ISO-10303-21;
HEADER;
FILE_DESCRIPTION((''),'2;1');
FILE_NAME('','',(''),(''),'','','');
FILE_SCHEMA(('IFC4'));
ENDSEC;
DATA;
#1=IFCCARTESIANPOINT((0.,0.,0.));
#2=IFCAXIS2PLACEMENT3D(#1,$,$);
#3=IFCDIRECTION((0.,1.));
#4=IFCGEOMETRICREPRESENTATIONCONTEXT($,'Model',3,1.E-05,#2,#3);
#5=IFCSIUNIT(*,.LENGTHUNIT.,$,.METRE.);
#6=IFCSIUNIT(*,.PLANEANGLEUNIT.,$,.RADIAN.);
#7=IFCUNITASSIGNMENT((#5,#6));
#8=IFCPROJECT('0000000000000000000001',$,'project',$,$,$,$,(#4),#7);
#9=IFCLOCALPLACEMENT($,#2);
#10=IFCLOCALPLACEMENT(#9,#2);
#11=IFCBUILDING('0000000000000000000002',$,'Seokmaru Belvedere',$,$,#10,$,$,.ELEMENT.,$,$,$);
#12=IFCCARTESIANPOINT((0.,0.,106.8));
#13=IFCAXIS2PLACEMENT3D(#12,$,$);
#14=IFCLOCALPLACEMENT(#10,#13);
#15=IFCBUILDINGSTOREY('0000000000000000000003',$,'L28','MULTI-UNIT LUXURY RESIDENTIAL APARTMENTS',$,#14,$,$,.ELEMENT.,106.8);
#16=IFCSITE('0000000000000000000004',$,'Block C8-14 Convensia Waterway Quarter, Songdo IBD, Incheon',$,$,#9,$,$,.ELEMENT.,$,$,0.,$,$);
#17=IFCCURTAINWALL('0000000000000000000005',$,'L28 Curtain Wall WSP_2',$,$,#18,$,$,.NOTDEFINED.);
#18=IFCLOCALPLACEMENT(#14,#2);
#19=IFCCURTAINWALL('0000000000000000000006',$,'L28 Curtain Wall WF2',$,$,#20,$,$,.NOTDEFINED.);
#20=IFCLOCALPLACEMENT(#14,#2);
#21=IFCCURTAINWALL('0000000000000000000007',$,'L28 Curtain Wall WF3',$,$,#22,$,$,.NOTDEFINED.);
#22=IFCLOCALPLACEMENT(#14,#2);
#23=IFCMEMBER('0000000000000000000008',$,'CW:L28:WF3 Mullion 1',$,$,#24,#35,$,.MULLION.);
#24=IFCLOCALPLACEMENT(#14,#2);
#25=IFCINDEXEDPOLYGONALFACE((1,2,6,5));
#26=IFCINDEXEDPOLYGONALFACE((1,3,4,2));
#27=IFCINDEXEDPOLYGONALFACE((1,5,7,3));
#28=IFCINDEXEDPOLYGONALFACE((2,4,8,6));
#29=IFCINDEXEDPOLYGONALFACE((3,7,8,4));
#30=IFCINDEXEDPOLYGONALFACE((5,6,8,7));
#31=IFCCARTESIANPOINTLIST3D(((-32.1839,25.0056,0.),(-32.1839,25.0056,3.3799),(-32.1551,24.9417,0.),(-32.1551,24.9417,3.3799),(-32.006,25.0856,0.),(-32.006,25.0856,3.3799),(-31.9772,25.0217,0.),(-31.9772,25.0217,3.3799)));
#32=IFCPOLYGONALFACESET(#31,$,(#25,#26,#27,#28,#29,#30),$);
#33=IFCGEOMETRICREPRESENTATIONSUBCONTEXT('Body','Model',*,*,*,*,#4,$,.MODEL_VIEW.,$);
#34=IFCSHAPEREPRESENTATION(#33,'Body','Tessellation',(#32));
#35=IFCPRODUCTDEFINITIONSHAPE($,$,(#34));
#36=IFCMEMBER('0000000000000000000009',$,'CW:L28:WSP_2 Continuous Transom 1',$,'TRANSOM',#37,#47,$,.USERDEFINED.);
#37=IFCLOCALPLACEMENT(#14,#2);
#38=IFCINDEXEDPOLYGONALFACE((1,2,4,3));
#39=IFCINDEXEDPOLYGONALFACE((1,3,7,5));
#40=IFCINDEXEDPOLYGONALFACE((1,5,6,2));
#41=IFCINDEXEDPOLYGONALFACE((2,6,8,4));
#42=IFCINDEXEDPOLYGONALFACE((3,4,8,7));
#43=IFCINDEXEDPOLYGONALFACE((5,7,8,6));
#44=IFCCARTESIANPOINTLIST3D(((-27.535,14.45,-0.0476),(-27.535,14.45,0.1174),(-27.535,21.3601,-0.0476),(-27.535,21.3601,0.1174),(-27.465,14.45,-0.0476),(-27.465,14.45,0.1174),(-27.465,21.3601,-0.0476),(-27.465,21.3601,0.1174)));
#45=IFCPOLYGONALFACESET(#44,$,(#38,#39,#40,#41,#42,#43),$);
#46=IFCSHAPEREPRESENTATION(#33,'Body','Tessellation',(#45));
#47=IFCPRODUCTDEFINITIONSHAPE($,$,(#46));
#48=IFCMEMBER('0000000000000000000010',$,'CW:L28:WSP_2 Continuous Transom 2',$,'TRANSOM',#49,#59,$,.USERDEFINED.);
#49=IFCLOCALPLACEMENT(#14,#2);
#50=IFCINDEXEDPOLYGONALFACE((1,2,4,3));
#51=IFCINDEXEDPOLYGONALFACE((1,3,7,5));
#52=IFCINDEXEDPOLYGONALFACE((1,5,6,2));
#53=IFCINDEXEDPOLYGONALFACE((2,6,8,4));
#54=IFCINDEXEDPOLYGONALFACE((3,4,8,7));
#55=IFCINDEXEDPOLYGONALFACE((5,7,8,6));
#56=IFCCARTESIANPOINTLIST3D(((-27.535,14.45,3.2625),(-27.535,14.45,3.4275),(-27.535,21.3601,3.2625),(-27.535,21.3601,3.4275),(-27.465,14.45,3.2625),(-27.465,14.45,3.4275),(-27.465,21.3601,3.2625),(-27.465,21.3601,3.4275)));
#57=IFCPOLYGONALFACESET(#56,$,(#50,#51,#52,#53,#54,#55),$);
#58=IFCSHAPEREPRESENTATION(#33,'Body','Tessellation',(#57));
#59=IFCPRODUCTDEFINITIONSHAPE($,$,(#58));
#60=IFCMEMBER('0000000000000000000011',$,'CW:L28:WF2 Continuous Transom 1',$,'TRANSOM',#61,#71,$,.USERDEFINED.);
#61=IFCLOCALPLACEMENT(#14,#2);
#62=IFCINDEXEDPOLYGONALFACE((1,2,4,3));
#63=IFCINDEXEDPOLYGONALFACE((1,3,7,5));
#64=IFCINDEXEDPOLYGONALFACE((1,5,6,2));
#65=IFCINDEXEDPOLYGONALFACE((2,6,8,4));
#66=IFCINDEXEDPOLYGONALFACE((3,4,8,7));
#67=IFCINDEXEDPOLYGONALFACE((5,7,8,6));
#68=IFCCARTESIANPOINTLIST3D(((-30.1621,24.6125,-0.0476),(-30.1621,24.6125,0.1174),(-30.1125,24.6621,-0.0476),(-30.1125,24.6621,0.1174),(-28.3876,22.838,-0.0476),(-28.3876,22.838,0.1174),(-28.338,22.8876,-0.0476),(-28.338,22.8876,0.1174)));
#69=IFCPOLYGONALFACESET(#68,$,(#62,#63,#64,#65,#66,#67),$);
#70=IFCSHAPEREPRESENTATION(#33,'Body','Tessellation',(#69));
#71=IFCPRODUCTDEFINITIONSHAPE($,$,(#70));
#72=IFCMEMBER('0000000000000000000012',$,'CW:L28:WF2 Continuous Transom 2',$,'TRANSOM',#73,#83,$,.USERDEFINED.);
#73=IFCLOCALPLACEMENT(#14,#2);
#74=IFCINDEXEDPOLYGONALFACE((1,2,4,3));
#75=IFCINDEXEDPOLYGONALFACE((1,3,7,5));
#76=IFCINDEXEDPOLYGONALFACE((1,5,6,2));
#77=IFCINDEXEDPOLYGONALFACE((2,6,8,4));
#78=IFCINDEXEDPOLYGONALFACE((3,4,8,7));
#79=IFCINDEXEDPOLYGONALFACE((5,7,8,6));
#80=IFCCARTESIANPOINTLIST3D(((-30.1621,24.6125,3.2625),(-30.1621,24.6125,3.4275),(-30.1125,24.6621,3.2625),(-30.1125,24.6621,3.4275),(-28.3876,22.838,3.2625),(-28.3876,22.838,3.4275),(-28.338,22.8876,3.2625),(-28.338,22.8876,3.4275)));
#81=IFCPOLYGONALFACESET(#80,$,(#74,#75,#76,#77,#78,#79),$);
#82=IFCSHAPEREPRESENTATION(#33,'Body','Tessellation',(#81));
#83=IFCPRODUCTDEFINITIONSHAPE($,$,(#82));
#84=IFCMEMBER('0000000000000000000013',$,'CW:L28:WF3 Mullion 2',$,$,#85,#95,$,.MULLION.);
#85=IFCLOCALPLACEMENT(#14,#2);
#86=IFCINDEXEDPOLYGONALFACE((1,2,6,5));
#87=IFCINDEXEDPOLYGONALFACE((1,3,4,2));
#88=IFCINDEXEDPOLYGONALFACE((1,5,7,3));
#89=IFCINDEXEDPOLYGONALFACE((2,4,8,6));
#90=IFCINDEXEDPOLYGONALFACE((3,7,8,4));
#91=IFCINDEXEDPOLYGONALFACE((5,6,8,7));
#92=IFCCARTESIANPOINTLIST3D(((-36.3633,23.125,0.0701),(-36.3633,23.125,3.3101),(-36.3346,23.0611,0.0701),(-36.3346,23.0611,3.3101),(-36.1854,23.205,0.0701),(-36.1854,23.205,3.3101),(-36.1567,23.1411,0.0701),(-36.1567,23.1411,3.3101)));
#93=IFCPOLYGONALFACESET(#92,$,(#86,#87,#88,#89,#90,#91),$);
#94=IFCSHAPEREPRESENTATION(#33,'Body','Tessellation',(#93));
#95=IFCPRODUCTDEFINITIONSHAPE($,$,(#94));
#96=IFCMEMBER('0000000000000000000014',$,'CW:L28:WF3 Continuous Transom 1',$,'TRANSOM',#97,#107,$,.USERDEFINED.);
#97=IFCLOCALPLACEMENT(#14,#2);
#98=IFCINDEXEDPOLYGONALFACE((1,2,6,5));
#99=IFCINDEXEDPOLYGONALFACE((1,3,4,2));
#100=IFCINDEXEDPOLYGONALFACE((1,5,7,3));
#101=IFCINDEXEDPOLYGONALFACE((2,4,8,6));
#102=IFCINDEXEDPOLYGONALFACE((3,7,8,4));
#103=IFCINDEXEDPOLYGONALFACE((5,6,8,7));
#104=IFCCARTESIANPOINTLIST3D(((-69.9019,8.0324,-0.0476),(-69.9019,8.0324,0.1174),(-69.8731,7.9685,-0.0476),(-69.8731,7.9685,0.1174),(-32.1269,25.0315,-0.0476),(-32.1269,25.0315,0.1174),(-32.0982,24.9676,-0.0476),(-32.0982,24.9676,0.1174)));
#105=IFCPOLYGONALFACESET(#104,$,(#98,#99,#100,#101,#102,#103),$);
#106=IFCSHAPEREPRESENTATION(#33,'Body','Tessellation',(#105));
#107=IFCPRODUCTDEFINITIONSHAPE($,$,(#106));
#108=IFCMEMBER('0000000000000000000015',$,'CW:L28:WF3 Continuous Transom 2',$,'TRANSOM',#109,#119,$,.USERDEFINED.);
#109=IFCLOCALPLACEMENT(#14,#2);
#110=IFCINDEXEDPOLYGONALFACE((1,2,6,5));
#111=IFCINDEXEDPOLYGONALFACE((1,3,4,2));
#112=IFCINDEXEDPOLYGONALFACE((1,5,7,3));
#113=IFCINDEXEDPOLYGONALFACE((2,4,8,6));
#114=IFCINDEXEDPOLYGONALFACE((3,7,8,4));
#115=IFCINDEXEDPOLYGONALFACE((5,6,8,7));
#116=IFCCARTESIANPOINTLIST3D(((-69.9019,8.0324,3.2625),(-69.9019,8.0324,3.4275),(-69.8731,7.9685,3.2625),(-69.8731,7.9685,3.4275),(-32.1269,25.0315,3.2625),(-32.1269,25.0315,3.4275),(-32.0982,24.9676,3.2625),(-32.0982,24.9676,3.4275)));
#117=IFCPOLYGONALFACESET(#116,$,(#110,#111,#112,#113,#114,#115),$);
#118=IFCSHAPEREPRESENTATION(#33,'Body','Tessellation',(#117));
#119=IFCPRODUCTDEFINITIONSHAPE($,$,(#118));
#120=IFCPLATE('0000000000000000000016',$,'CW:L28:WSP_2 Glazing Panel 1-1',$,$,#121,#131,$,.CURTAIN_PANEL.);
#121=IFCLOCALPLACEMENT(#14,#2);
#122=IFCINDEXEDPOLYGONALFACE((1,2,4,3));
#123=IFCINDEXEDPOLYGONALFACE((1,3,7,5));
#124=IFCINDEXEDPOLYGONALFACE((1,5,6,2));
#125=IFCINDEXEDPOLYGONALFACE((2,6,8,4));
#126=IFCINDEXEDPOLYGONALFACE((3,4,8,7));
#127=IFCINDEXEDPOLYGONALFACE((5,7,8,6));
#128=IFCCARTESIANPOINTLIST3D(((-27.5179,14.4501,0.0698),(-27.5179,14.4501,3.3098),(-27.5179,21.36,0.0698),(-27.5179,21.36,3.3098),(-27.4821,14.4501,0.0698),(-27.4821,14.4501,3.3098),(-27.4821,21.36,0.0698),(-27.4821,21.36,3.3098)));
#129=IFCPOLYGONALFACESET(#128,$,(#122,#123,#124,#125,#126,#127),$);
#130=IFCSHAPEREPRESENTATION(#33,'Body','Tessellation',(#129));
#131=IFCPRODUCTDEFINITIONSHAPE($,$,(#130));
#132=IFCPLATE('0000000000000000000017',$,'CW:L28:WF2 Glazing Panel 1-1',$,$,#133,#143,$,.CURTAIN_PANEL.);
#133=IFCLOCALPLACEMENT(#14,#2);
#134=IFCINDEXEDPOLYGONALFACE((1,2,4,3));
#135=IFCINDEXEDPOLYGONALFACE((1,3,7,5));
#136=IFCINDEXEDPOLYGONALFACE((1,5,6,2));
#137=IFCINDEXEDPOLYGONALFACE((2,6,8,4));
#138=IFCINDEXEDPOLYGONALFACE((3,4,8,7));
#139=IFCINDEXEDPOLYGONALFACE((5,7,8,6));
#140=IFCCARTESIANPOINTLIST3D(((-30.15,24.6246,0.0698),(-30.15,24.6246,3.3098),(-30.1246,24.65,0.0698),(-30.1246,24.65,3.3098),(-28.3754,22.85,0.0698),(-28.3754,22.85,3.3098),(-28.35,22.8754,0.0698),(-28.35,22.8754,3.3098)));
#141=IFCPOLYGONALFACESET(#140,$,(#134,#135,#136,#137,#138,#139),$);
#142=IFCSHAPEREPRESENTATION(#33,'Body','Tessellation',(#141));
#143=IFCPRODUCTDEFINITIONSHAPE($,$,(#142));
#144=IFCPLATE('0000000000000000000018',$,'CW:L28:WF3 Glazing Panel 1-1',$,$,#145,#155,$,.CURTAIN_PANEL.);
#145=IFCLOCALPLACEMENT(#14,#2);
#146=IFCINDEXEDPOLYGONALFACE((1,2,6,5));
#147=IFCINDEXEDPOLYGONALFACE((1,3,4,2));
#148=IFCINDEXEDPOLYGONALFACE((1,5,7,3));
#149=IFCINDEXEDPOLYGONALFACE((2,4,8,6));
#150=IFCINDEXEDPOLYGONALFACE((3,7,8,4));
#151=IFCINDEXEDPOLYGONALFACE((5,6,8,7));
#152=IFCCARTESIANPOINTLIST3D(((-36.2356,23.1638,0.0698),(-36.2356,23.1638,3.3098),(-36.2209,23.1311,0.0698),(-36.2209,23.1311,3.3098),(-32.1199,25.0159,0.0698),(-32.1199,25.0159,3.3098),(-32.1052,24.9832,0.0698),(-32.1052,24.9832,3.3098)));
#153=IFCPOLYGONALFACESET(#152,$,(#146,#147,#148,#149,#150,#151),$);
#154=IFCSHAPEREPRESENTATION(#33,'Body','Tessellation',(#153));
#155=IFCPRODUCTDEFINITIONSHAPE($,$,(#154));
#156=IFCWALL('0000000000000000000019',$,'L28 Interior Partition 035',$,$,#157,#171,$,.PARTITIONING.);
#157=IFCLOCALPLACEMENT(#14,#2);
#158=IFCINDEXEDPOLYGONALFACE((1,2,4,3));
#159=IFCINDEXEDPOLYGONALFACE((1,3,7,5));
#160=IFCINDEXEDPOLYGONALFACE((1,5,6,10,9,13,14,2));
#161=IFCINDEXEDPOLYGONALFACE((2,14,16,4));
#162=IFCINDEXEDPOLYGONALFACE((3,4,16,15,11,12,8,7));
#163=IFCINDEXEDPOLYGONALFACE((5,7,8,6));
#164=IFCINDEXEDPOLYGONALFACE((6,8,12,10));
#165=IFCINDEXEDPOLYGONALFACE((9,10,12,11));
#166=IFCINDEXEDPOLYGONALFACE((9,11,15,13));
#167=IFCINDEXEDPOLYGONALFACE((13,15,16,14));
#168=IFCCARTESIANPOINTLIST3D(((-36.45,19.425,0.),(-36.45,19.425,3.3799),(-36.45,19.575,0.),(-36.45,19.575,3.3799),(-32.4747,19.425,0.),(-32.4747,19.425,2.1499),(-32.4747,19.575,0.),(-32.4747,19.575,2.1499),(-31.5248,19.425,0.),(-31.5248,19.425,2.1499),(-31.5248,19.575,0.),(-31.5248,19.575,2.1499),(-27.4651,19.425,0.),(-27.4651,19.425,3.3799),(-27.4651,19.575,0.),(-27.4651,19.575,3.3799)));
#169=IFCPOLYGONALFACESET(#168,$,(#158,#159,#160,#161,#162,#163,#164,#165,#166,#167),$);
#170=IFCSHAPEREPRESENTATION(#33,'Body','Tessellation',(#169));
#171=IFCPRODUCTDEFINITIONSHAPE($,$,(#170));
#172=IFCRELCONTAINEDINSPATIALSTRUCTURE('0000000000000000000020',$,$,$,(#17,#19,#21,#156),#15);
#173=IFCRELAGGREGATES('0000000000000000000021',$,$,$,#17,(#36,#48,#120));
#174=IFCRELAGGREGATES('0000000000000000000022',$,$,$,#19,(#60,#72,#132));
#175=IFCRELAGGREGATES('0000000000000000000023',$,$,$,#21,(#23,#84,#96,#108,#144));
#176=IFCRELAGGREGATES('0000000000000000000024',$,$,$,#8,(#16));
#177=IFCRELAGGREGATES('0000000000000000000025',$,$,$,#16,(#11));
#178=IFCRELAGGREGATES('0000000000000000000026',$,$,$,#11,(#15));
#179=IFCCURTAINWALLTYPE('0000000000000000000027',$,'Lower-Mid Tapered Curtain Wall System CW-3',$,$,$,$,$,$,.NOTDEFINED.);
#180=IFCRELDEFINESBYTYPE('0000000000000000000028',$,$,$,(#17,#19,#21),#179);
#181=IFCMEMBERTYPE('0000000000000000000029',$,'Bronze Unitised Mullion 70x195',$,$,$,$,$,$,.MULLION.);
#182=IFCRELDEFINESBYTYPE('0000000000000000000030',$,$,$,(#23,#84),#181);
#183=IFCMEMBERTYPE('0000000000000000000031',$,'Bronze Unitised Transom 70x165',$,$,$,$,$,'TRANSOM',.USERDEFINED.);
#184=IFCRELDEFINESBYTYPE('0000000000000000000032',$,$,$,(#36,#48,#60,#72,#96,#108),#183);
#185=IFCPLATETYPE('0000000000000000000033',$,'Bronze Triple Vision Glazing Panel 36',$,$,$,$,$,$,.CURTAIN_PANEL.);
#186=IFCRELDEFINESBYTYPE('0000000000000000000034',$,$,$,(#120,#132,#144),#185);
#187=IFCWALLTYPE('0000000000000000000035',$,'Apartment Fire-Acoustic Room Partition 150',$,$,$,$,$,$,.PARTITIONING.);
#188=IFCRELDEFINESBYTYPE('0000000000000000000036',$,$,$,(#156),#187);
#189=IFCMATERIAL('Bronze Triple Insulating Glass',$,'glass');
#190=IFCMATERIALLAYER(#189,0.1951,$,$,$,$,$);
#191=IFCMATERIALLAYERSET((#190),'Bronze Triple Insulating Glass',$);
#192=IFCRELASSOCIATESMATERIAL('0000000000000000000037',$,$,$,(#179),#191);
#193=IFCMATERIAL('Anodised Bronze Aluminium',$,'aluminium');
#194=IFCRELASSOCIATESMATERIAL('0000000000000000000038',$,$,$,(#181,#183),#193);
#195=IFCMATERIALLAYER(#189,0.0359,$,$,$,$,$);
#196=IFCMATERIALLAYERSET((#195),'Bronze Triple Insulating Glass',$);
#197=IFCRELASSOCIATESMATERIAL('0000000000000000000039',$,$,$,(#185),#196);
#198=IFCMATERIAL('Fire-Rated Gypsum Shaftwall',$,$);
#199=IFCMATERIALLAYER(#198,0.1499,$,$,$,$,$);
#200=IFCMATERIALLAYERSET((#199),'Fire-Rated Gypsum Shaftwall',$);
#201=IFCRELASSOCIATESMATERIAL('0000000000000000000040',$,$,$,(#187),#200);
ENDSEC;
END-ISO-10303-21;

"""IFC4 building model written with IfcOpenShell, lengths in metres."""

from ifc_helpers import new_model, si_unit, direction, frame, frame_2d, origin, origin_2d, place, context, subcontext, project, spatial, rectangle, extrude, source, transform, mapped, material, layer, layer_set, material_profile, profile_set, type_object, type_shapes, element, aggregate, save


model = new_model("IFC4")

# Units and contexts
model_context = context("Model", 3, precision=1e-05, world=origin(), true_north=direction((0.0, 1.0)))
body_context = subcontext(model_context, "Body", "Model", "MODEL_VIEW")
ifc_project = project(units=[si_unit("LENGTHUNIT", "METRE"), si_unit("PLANEANGLEUNIT", "RADIAN")], contexts=[model_context])

# Site, building, storey
site_placement = place(None, origin())
site = spatial("IfcSite", under=ifc_project, at=site_placement, Name="Block C8-14 Convensia Waterway Quarter, Songdo IBD, Incheon", CompositionType="ELEMENT", RefElevation=0.0)
building_placement = place(site_placement, origin())
building = spatial("IfcBuilding", under=site, at=building_placement, Name="Seokmaru Belvedere", CompositionType="ELEMENT")
storey_placement = place(building_placement, frame((0.0, 0.0, 106.8)))
storey = spatial("IfcBuildingStorey", under=building, at=storey_placement, Name="L28", Description="MULTI-UNIT LUXURY RESIDENTIAL APARTMENTS", CompositionType="ELEMENT", Elevation=106.8)

# Curtain walls
ifc_material_1 = material(Name="Bronze Triple Insulating Glass", Category="glass")
ifc_layer_1 = layer(ifc_material_1, 0.1951)
ifc_layer_set_1 = layer_set([ifc_layer_1], Name="Bronze Triple Insulating Glass")
curtain_wall_type = type_object("IfcCurtainWallType", Name="Lower-Mid Tapered Curtain Wall System CW-3", PredefinedType="NOTDEFINED", material=ifc_layer_set_1)
curtain_wall_1_placement = place(storey_placement, origin())
curtain_wall_1 = element("IfcCurtainWall", 1, at=curtain_wall_1_placement, inside=storey, type_object=curtain_wall_type, Name="L28 Curtain Wall WSP_2", PredefinedType="NOTDEFINED")
ifc_material_2 = material(Name="Anodised Bronze Aluminium", Category="aluminium")
ifc_material_profile_1 = material_profile(ifc_material_2, rectangle(XDim=0.0701, YDim=0.1951, at=origin_2d()), Name="CW-M-70x195")
ifc_profile_set_1 = profile_set([ifc_material_profile_1], Name="Anodised Bronze Aluminium")
member_type_1 = type_object("IfcMemberType", Name="Bronze Unitised Mullion 70x195", PredefinedType="MULLION", material=ifc_profile_set_1)
shared_shape_1 = source(origin(), body_context, "Body", "SweptSolid", [
    extrude(rectangle(XDim=0.0701, YDim=0.1951, at=origin_2d()), origin(), (0.0, 0.0, 1.0), 3.3799),
])
curtain_wall_2_placement = place(storey_placement, origin())
curtain_wall_2 = element("IfcCurtainWall", 2, at=curtain_wall_2_placement, inside=storey, type_object=curtain_wall_type, Name="L28 Curtain Wall WF2", PredefinedType="NOTDEFINED")

# Curtain wall, member
curtain_wall_3_placement = place(storey_placement, origin())
curtain_wall_3 = element("IfcCurtainWall", 3, at=curtain_wall_3_placement, inside=storey, type_object=curtain_wall_type, Name="L28 Curtain Wall WF3", PredefinedType="NOTDEFINED")
member_1_placement = place(storey_placement, frame((-32.0806, 25.0137, 0.0), z_axis=(0.0, 0.0, 1.0), x_axis=(0.410366, -0.911921, 0.0)))
member_1 = element("IfcMember", 4, at=member_1_placement, type_object=member_type_1, Name="CW:L28:WF3 Mullion 1", PredefinedType="MULLION", context=body_context, shape_type="MappedRepresentation", body=[
    mapped(shared_shape_1, transform((0.0, 0.0, 0.0), scale=1.0)),
])

# Members
ifc_material_profile_2 = material_profile(ifc_material_2, rectangle(XDim=0.0701, YDim=0.165, at=origin_2d()), Name="CW-T-70x165")
ifc_profile_set_2 = profile_set([ifc_material_profile_2], Name="Anodised Bronze Aluminium")
member_type_2 = type_object("IfcMemberType", Name="Bronze Unitised Transom 70x165", ElementType="TRANSOM", PredefinedType="USERDEFINED", material=ifc_profile_set_2)
shared_shape_2 = source(origin(), body_context, "Body", "SweptSolid", [
    extrude(rectangle(XDim=0.0701, YDim=0.165, at=origin_2d()), origin(), (0.0, 0.0, 1.0), 6.9102),
])
member_2_placement = place(storey_placement, frame((-27.5, 14.45, 0.0349), z_axis=(0.0, 1.0, 0.0), x_axis=(-1.0, 0.0, 0.0)))
member_2 = element("IfcMember", 5, at=member_2_placement, type_object=member_type_2, Name="CW:L28:WSP_2 Continuous Transom 1", ObjectType="TRANSOM", PredefinedType="USERDEFINED", context=body_context, shape_type="MappedRepresentation", body=[
    mapped(shared_shape_2, transform((0.0, 0.0, 0.0), scale=1.0)),
])
member_3_placement = place(storey_placement, frame((-27.5, 14.45, 3.345), z_axis=(0.0, 1.0, 0.0), x_axis=(-1.0, 0.0, 0.0)))
member_3 = element("IfcMember", 6, at=member_3_placement, type_object=member_type_2, Name="CW:L28:WSP_2 Continuous Transom 2", ObjectType="TRANSOM", PredefinedType="USERDEFINED", context=body_context, shape_type="MappedRepresentation", body=[
    mapped(shared_shape_2, transform((0.0, 0.0, 0.0), scale=1.0)),
])
shared_shape_3 = source(origin(), body_context, "Body", "SweptSolid", [
    extrude(rectangle(XDim=0.0701, YDim=0.165, at=origin_2d()), origin(), (0.0, 0.0, 1.0), 2.5095),
])
member_4_placement = place(storey_placement, frame((-28.3628, 22.8628, 0.0349), z_axis=(-0.707107, 0.707107, 0.0), x_axis=(-0.707107, -0.707107, 0.0)))
member_4 = element("IfcMember", 7, at=member_4_placement, type_object=member_type_2, Name="CW:L28:WF2 Continuous Transom 1", ObjectType="TRANSOM", PredefinedType="USERDEFINED", context=body_context, shape_type="MappedRepresentation", body=[
    mapped(shared_shape_3, transform((0.0, 0.0, 0.0), scale=1.0)),
])
member_5_placement = place(storey_placement, frame((-28.3628, 22.8628, 3.345), z_axis=(-0.707107, 0.707107, 0.0), x_axis=(-0.707107, -0.707107, 0.0)))
member_5 = element("IfcMember", 8, at=member_5_placement, type_object=member_type_2, Name="CW:L28:WF2 Continuous Transom 2", ObjectType="TRANSOM", PredefinedType="USERDEFINED", context=body_context, shape_type="MappedRepresentation", body=[
    mapped(shared_shape_3, transform((0.0, 0.0, 0.0), scale=1.0)),
])
shared_shape_4 = source(origin(), body_context, "Body", "SweptSolid", [
    extrude(rectangle(XDim=0.0701, YDim=0.1951, at=origin_2d()), origin(), (0.0, 0.0, 1.0), 3.24),
])
type_shapes(member_type_1, [shared_shape_1, shared_shape_4])
member_6_placement = place(storey_placement, frame((-36.26, 23.1331, 0.0701), z_axis=(0.0, 0.0, 1.0), x_axis=(0.410366, -0.911921, 0.0)))
member_6 = element("IfcMember", 9, at=member_6_placement, type_object=member_type_1, Name="CW:L28:WF3 Mullion 2", PredefinedType="MULLION", context=body_context, shape_type="MappedRepresentation", body=[
    mapped(shared_shape_4, transform((0.0, 0.0, 0.0), scale=1.0)),
])
shared_shape_5 = source(origin(), body_context, "Body", "SweptSolid", [
    extrude(rectangle(XDim=0.0701, YDim=0.165, at=origin_2d()), origin(), (0.0, 0.0, 1.0), 41.4236),
])
type_shapes(member_type_2, [shared_shape_2, shared_shape_3, shared_shape_5])
member_7_placement = place(storey_placement, frame((-32.1125, 24.9995, 0.0349), z_axis=(-0.911919, -0.410371, 0.0), x_axis=(0.410371, -0.911919, 0.0)))
member_7 = element("IfcMember", 10, at=member_7_placement, type_object=member_type_2, Name="CW:L28:WF3 Continuous Transom 1", ObjectType="TRANSOM", PredefinedType="USERDEFINED", context=body_context, shape_type="MappedRepresentation", body=[
    mapped(shared_shape_5, transform((0.0, 0.0, 0.0), scale=1.0)),
])
member_8_placement = place(storey_placement, frame((-32.1125, 24.9995, 3.345), z_axis=(-0.911919, -0.410371, 0.0), x_axis=(0.410371, -0.911919, 0.0)))
member_8 = element("IfcMember", 11, at=member_8_placement, type_object=member_type_2, Name="CW:L28:WF3 Continuous Transom 2", ObjectType="TRANSOM", PredefinedType="USERDEFINED", context=body_context, shape_type="MappedRepresentation", body=[
    mapped(shared_shape_5, transform((0.0, 0.0, 0.0), scale=1.0)),
])

# Plates
ifc_layer_2 = layer(ifc_material_1, 0.0359)
ifc_layer_set_2 = layer_set([ifc_layer_2], Name="Bronze Triple Insulating Glass")
plate_type = type_object("IfcPlateType", Name="Bronze Triple Vision Glazing Panel 36", PredefinedType="CURTAIN_PANEL", material=ifc_layer_set_2)
shared_shape_6 = source(origin(), body_context, "Body", "SweptSolid", [
    extrude(rectangle(XDim=6.9099, YDim=0.0359, at=origin_2d()), origin(), (0.0, 0.0, 1.0), 3.24),
])
plate_1_placement = place(storey_placement, frame((-27.5, 17.905, 0.0698), z_axis=(0.0, 0.0, 1.0), x_axis=(0.0, 1.0, 0.0)))
plate_1 = element("IfcPlate", 12, at=plate_1_placement, type_object=plate_type, Name="CW:L28:WSP_2 Glazing Panel 1-1", PredefinedType="CURTAIN_PANEL", context=body_context, shape_type="MappedRepresentation", body=[
    mapped(shared_shape_6, transform((0.0, 0.0, 0.0), scale=1.0)),
])
aggregate(curtain_wall_1, [member_2, member_3, plate_1])
shared_shape_7 = source(origin(), body_context, "Body", "SweptSolid", [
    extrude(rectangle(XDim=2.5098, YDim=0.0359, at=origin_2d()), origin(), (0.0, 0.0, 1.0), 3.24),
])
plate_2_placement = place(storey_placement, frame((-29.25, 23.75, 0.0698), z_axis=(0.0, 0.0, 1.0), x_axis=(-0.707107, 0.707107, 0.0)))
plate_2 = element("IfcPlate", 13, at=plate_2_placement, type_object=plate_type, Name="CW:L28:WF2 Glazing Panel 1-1", PredefinedType="CURTAIN_PANEL", context=body_context, shape_type="MappedRepresentation", body=[
    mapped(shared_shape_7, transform((0.0, 0.0, 0.0), scale=1.0)),
])
aggregate(curtain_wall_2, [member_4, member_5, plate_2])
shared_shape_8 = source(origin(), body_context, "Body", "SweptSolid", [
    extrude(rectangle(XDim=4.5132, YDim=0.0359, at=origin_2d()), origin(), (0.0, 0.0, 1.0), 3.24),
])
type_shapes(plate_type, [shared_shape_6, shared_shape_7, shared_shape_8])
plate_3_placement = place(storey_placement, frame((-34.1704, 24.0735, 0.0698), z_axis=(0.0, 0.0, 1.0), x_axis=(-0.911921, -0.410366, 0.0)))
plate_3 = element("IfcPlate", 14, at=plate_3_placement, type_object=plate_type, Name="CW:L28:WF3 Glazing Panel 1-1", PredefinedType="CURTAIN_PANEL", context=body_context, shape_type="MappedRepresentation", body=[
    mapped(shared_shape_8, transform((0.0, 0.0, 0.0), scale=1.0)),
])
aggregate(curtain_wall_3, [member_1, member_6, member_7, member_8, plate_3])

# Wall, opening
ifc_material_3 = material(Name="Fire-Rated Gypsum Shaftwall")
ifc_layer_3 = layer(ifc_material_3, 0.1499)
ifc_layer_set_3 = layer_set([ifc_layer_3], Name="Fire-Rated Gypsum Shaftwall")
wall_type_1 = type_object("IfcWallType", Name="Apartment Fire-Acoustic Room Partition 150", PredefinedType="PARTITIONING", material=ifc_layer_set_3)
wall_1_placement = place(storey_placement, frame((-36.45, 19.5, 0.0), z_axis=(0.0, 0.0, 1.0), x_axis=(1.0, 0.0, 0.0)))
wall_1 = element("IfcWall", 15, at=wall_1_placement, inside=storey, type_object=wall_type_1, Name="L28 Interior Partition 035", PredefinedType="PARTITIONING", context=body_context, shape_type="SweptSolid", body=[
    extrude(rectangle(XDim=8.9849, YDim=0.1499, at=frame_2d((4.4924, 0.0))), origin(), (0.0, 0.0, 1.0), 3.3799),
])
opening_1_placement = place(wall_1_placement, frame((3.9751, 0.0, 0.0)))
element("IfcOpeningElement", 16, at=opening_1_placement, cuts=wall_1, PredefinedType="OPENING", context=body_context, shape_type="SweptSolid", body=[
    extrude(rectangle(XDim=0.95, YDim=2.1499, at=frame_2d((0.4751, 1.075))), frame((0.0, 0.085, 0.0), z_axis=(0.0, -1.0, 0.0), x_axis=(1.0, 0.0, 0.0)), (0.0, 0.0, 1.0), 0.1699),
])

save(model, "model.ifc")
